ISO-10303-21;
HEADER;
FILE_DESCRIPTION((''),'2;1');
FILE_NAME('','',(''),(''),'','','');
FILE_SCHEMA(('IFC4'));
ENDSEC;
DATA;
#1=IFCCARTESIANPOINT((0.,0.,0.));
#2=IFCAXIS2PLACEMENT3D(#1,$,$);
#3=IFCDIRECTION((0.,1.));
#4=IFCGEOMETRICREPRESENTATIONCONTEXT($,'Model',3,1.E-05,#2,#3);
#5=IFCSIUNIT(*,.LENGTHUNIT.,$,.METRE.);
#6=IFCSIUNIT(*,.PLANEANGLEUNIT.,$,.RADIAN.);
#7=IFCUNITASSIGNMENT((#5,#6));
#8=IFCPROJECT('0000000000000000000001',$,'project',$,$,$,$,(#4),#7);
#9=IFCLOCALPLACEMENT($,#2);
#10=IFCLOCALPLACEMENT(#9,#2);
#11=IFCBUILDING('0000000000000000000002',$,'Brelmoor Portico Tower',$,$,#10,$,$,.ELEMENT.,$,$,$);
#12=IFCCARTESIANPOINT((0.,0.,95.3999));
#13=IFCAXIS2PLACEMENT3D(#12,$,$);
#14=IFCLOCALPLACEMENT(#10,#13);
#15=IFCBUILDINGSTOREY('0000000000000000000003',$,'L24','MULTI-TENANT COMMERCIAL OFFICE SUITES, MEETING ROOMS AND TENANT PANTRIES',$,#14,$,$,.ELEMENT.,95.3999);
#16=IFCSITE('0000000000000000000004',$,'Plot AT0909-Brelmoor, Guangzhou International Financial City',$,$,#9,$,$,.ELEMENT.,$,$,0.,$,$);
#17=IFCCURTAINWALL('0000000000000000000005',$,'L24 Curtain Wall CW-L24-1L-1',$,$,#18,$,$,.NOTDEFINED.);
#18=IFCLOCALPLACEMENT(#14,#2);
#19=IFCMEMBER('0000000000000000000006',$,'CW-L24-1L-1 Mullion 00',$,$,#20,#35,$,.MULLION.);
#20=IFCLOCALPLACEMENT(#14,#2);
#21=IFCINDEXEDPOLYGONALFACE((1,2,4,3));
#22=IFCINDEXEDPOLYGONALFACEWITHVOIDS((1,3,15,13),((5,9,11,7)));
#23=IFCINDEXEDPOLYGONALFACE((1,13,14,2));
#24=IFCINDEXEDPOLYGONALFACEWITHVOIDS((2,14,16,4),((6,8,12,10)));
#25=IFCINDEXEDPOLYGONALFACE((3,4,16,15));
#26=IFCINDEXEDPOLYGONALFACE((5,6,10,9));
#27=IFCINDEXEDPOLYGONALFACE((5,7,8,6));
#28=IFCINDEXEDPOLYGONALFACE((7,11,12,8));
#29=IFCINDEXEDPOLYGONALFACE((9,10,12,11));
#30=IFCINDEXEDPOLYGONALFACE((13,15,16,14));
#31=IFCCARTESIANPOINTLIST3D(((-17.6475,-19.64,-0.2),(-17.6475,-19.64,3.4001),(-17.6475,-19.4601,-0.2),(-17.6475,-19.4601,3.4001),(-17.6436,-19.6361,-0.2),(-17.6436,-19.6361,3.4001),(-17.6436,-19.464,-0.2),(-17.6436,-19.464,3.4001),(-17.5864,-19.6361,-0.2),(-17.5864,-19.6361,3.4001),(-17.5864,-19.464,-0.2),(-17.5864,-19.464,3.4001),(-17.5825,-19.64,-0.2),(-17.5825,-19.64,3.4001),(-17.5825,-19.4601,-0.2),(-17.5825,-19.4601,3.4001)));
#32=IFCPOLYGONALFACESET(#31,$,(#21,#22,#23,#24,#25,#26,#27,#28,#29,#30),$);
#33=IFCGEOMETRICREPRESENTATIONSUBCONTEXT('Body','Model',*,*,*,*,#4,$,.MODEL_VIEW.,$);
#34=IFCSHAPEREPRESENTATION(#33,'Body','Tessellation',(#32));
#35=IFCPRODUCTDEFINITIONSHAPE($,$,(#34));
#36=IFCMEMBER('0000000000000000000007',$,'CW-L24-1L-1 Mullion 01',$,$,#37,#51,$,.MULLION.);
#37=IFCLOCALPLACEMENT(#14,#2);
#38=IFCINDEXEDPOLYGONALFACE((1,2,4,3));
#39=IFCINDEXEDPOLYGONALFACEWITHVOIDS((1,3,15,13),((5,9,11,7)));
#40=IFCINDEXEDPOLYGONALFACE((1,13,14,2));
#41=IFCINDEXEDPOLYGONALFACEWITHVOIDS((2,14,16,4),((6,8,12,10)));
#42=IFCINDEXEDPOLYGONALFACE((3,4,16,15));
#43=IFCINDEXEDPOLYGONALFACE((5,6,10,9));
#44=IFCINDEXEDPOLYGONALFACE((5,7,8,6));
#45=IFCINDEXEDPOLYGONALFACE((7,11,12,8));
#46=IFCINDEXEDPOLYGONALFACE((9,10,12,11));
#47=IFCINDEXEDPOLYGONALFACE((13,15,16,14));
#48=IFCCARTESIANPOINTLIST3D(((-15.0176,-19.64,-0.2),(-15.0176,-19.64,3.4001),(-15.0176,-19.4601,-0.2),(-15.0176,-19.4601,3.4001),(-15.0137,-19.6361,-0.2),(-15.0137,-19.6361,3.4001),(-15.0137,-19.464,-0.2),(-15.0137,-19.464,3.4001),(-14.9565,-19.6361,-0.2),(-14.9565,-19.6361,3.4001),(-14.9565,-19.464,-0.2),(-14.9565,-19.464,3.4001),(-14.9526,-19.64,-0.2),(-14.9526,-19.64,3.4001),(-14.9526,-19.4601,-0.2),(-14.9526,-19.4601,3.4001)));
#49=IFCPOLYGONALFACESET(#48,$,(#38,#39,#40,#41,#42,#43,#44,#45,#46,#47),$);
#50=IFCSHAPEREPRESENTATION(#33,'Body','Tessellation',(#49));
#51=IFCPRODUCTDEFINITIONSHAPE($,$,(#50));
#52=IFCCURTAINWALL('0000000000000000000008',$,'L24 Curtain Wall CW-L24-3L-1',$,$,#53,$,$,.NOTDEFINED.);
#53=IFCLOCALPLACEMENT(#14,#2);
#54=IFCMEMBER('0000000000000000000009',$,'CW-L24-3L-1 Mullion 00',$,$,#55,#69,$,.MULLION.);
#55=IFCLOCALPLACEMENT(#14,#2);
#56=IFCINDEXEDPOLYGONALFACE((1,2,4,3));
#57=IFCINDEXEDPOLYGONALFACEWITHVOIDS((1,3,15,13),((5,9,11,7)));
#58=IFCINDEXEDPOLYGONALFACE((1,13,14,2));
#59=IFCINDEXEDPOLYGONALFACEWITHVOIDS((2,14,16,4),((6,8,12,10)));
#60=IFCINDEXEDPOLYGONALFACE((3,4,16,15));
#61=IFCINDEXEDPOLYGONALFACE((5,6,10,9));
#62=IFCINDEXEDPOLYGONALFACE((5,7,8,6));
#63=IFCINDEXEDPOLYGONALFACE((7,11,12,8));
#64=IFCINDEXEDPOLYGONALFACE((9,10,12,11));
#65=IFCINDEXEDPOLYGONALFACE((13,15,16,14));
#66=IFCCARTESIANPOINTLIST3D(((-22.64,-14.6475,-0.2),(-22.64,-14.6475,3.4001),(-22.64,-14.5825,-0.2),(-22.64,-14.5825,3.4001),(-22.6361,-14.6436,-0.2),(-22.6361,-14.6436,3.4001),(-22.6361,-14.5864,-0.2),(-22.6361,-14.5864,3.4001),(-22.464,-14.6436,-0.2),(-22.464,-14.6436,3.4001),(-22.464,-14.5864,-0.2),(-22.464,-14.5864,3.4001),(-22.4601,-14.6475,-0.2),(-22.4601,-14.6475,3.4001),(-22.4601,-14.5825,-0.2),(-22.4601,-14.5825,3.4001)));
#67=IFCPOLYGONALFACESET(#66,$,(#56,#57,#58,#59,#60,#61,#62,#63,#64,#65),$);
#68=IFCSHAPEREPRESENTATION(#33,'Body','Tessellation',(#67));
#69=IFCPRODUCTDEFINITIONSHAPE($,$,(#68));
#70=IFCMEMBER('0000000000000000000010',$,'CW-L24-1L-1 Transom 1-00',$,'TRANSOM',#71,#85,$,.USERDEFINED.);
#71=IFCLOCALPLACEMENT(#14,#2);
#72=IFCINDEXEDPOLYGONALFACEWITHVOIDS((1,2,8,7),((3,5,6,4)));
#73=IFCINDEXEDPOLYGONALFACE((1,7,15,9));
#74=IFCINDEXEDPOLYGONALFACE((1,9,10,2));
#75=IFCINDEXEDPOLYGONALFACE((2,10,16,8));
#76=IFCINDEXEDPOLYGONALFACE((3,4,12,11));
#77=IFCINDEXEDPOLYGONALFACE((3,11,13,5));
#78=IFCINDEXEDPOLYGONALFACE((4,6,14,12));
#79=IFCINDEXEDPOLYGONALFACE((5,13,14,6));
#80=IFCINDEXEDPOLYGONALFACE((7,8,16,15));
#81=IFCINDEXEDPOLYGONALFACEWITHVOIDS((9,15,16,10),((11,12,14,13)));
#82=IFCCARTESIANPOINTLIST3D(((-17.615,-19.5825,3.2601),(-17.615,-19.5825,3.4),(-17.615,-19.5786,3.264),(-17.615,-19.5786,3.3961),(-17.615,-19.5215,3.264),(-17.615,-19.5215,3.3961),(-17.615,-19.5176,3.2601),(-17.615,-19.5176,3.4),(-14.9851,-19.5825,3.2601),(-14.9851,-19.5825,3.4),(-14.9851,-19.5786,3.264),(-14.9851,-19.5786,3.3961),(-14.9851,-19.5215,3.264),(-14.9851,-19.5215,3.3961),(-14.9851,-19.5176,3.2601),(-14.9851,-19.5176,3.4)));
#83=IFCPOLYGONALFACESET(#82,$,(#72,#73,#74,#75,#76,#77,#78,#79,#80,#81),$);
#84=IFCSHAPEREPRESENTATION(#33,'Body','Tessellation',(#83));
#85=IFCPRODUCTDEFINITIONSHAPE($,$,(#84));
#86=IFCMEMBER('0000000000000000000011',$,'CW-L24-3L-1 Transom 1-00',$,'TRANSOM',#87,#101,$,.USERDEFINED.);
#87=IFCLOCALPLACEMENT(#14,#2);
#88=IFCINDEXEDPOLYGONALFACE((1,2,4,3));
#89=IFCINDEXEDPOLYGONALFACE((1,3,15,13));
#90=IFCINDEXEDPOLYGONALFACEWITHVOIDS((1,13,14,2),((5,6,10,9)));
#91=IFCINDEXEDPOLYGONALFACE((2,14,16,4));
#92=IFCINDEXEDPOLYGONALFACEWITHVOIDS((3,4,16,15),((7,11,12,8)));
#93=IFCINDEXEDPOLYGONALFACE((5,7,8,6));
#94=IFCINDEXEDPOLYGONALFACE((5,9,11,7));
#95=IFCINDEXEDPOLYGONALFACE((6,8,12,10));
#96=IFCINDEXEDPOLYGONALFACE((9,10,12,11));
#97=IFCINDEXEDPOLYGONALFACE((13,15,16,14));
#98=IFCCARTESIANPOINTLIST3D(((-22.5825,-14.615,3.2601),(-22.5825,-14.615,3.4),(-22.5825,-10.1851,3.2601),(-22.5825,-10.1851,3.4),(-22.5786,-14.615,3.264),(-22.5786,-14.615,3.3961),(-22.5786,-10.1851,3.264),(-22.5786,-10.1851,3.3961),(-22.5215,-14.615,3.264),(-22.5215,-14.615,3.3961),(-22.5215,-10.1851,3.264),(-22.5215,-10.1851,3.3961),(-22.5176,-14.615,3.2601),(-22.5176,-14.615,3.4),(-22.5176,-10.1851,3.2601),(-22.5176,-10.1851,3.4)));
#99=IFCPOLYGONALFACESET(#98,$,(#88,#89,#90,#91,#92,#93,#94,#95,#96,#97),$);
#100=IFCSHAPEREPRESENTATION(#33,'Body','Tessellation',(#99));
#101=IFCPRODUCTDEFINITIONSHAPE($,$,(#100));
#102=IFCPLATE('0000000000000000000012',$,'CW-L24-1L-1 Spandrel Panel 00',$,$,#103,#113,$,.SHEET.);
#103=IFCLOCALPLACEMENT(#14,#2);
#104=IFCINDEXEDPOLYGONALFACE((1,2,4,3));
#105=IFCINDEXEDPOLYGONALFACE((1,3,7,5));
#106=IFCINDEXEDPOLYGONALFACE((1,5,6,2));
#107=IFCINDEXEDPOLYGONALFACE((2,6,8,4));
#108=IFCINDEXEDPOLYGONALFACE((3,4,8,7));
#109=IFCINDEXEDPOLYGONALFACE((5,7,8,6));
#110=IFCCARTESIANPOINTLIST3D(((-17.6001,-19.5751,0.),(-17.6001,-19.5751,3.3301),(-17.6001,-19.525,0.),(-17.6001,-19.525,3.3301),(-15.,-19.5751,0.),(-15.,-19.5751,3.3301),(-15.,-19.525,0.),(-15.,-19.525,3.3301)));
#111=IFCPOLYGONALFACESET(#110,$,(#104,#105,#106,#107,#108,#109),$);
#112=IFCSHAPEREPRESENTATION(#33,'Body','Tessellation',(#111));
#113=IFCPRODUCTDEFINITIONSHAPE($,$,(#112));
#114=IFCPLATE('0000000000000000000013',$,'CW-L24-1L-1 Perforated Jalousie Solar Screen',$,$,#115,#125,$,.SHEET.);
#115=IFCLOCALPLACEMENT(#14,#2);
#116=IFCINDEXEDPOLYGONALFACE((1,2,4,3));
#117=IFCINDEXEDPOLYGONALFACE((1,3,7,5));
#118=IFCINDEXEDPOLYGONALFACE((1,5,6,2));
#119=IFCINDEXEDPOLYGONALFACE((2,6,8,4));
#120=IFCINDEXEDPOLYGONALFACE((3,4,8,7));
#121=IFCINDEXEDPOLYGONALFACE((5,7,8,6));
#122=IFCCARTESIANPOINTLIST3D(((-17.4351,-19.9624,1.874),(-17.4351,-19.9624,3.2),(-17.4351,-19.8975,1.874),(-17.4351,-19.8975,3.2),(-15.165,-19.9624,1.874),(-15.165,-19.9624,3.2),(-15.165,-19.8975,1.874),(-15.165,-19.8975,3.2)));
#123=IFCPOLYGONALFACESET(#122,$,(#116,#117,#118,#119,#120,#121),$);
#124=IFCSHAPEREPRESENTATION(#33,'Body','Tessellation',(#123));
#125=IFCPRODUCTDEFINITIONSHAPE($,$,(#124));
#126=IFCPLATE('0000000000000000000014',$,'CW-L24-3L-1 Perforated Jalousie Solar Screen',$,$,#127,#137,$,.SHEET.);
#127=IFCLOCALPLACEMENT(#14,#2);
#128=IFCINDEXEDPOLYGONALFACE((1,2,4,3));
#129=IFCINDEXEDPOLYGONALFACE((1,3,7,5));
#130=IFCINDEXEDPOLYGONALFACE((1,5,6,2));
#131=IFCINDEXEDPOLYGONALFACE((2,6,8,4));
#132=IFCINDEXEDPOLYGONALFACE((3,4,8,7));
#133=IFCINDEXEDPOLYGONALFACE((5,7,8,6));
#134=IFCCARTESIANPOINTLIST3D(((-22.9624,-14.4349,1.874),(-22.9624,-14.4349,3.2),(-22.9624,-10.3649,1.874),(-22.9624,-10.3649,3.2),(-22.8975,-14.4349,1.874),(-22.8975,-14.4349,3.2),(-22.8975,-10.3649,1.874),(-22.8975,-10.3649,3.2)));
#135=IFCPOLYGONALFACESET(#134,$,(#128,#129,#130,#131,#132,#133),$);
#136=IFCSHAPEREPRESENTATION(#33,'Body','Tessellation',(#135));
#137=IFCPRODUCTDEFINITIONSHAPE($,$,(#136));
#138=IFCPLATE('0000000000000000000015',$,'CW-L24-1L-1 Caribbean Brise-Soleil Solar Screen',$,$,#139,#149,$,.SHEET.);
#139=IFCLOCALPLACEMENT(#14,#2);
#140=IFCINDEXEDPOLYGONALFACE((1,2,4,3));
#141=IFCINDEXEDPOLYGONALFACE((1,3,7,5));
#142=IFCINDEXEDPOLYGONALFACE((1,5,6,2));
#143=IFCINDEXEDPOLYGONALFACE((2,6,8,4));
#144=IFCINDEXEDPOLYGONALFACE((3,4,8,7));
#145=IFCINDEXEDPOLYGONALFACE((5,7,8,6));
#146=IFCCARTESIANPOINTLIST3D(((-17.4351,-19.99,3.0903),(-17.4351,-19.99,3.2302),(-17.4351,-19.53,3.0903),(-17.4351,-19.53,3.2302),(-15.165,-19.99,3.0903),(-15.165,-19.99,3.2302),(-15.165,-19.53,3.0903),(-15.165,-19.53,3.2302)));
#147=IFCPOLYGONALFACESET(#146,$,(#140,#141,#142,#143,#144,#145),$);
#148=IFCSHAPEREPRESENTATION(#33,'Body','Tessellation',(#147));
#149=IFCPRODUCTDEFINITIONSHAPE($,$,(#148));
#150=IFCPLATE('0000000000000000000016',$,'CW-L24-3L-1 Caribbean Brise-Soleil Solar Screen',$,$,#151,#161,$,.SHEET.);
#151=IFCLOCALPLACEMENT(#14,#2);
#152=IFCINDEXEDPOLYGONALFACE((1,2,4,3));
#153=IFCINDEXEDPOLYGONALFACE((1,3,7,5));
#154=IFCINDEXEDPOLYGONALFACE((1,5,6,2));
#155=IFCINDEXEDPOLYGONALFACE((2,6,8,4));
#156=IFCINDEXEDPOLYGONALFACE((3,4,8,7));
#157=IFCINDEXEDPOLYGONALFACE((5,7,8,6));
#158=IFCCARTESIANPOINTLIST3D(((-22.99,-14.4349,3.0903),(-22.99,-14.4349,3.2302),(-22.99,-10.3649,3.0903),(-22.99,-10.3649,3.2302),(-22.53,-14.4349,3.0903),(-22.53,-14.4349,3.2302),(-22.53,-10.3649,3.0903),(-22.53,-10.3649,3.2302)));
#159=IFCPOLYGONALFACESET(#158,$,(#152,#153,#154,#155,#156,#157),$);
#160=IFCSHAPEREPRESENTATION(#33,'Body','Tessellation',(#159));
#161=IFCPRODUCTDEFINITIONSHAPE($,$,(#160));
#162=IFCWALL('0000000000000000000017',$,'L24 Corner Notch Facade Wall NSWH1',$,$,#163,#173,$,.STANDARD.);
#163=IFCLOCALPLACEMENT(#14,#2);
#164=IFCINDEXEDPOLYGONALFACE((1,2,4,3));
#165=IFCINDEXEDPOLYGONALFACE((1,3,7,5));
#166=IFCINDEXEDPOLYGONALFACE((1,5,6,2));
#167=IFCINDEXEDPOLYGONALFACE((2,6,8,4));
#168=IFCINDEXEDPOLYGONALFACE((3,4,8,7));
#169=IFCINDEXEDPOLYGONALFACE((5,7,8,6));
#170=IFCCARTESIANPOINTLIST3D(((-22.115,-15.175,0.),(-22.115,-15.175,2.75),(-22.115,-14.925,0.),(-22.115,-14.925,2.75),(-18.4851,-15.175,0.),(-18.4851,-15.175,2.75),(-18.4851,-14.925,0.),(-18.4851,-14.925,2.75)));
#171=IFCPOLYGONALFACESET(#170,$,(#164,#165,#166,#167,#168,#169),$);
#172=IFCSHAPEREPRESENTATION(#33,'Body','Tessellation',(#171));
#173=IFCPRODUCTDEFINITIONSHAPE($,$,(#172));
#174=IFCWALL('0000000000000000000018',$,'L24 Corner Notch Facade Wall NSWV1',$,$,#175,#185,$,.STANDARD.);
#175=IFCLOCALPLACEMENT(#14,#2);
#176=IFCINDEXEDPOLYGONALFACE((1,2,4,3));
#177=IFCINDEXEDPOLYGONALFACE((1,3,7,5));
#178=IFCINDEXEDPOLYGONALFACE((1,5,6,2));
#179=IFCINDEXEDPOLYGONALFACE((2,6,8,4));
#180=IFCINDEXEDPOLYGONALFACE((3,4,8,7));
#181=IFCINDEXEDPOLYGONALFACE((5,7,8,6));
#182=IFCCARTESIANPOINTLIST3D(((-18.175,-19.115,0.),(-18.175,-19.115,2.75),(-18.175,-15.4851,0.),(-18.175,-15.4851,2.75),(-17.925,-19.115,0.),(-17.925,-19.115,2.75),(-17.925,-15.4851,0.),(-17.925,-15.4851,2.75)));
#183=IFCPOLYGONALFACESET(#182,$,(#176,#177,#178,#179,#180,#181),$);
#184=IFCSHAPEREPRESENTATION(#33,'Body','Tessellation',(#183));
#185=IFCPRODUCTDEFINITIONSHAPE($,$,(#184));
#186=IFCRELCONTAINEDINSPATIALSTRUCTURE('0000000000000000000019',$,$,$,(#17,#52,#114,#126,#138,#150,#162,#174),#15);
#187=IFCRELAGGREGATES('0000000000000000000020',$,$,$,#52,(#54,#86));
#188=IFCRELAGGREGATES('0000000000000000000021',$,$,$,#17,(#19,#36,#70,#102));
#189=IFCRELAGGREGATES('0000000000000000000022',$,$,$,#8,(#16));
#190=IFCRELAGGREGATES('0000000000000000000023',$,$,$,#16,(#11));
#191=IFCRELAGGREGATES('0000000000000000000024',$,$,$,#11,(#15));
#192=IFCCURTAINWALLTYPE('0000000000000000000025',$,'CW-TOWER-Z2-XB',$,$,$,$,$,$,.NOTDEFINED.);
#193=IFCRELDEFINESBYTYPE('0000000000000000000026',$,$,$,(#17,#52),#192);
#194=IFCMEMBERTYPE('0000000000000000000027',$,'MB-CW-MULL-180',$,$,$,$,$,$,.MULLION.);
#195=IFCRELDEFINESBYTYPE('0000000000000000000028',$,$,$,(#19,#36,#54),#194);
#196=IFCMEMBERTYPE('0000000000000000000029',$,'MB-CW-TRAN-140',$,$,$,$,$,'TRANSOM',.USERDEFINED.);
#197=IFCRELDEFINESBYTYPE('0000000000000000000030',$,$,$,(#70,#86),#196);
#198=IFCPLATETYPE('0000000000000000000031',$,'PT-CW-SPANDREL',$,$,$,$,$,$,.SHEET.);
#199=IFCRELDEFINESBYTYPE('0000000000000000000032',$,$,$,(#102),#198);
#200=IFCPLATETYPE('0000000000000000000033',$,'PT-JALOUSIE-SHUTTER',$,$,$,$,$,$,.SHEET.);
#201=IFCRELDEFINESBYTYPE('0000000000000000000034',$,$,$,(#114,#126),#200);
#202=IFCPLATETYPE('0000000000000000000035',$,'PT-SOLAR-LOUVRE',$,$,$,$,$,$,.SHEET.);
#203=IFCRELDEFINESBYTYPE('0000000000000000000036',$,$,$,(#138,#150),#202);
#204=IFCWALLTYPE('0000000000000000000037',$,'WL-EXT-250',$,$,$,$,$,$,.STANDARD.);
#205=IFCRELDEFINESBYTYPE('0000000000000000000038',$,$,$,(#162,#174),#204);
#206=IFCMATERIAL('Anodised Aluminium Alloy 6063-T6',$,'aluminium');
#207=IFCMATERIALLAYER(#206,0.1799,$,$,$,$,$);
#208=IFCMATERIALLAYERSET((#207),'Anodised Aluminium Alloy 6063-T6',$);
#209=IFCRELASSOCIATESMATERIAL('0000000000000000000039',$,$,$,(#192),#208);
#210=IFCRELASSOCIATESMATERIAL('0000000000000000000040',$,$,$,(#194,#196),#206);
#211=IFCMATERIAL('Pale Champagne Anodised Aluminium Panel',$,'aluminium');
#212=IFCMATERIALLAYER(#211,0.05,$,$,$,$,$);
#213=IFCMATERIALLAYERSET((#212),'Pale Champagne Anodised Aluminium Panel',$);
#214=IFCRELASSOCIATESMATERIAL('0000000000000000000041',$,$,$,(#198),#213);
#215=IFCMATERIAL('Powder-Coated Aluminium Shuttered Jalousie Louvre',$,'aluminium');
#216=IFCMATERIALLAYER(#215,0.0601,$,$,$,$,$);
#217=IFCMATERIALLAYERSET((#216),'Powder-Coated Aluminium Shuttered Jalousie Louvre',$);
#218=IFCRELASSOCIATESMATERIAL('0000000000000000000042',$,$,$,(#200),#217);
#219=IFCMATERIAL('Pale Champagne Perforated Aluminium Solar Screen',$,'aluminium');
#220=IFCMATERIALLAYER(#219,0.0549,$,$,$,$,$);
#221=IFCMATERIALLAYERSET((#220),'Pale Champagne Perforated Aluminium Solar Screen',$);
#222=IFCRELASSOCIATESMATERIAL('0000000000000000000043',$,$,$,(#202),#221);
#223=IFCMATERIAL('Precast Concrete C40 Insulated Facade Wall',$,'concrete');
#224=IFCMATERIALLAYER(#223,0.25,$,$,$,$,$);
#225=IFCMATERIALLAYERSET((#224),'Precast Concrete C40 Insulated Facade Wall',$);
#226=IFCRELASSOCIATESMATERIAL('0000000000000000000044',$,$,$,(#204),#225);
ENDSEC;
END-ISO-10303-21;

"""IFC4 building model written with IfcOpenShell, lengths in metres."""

from ifc_helpers import new_model, si_unit, direction, frame, frame_2d, origin, origin_2d, place, context, subcontext, project, spatial, rectangle, hollow_rectangle, extrude, material, layer, layer_set, material_profile, profile_set, type_object, element, aggregate, save


model = new_model("IFC4")

# Units and contexts
model_context = context("Model", 3, precision=1e-05, world=origin(), true_north=direction((0.0, 1.0)))
body_context = subcontext(model_context, "Body", "Model", "MODEL_VIEW")
ifc_project = project(units=[si_unit("LENGTHUNIT", "METRE"), si_unit("PLANEANGLEUNIT", "RADIAN")], contexts=[model_context])

# Site, building, storey
site_placement = place(None, origin())
site = spatial("IfcSite", under=ifc_project, at=site_placement, Name="Plot AT0909-Brelmoor, Guangzhou International Financial City", CompositionType="ELEMENT", RefElevation=0.0)
building_placement = place(site_placement, origin())
building = spatial("IfcBuilding", under=site, at=building_placement, Name="Brelmoor Portico Tower", CompositionType="ELEMENT")
storey_placement = place(building_placement, frame((0.0, 0.0, 95.3999)))
storey = spatial("IfcBuildingStorey", under=building, at=storey_placement, Name="L24", Description="MULTI-TENANT COMMERCIAL OFFICE SUITES, MEETING ROOMS AND TENANT PANTRIES", CompositionType="ELEMENT", Elevation=95.3999)

# Curtain wall, members
ifc_material_1 = material(Name="Anodised Aluminium Alloy 6063-T6", Category="aluminium")
ifc_layer_1 = layer(ifc_material_1, 0.1799)
ifc_layer_set_1 = layer_set([ifc_layer_1], Name="Anodised Aluminium Alloy 6063-T6")
curtain_wall_type = type_object("IfcCurtainWallType", Name="CW-TOWER-Z2-XB", PredefinedType="NOTDEFINED", material=ifc_layer_set_1)
curtain_wall_1_placement = place(storey_placement, origin())
curtain_wall_1 = element("IfcCurtainWall", 1, at=curtain_wall_1_placement, inside=storey, type_object=curtain_wall_type, Name="L24 Curtain Wall CW-L24-1L-1", PredefinedType="NOTDEFINED")
ifc_material_profile_1 = material_profile(ifc_material_1, hollow_rectangle(XDim=0.0649, YDim=0.1799, WallThickness=0.0039, at=origin_2d()), Name="ALU MULLION 65x180")
ifc_profile_set_1 = profile_set([ifc_material_profile_1], Name="Anodised Aluminium Alloy 6063-T6")
member_type_1 = type_object("IfcMemberType", Name="MB-CW-MULL-180", PredefinedType="MULLION", material=ifc_profile_set_1)
member_1_placement = place(storey_placement, frame((-17.615, -19.55, -0.2), z_axis=(0.0, 0.0, 1.0), x_axis=(1.0, 0.0, 0.0)))
member_1 = element("IfcMember", 2, at=member_1_placement, type_object=member_type_1, Name="CW-L24-1L-1 Mullion 00", PredefinedType="MULLION", context=body_context, shape_type="SweptSolid", body=[
    extrude(hollow_rectangle(XDim=0.0649, YDim=0.1799, WallThickness=0.0039, at=origin_2d()), origin(), (0.0, 0.0, 1.0), 3.6001),
])
member_2_placement = place(storey_placement, frame((-14.9851, -19.55, -0.2), z_axis=(0.0, 0.0, 1.0), x_axis=(1.0, 0.0, 0.0)))
member_2 = element("IfcMember", 3, at=member_2_placement, type_object=member_type_1, Name="CW-L24-1L-1 Mullion 01", PredefinedType="MULLION", context=body_context, shape_type="SweptSolid", body=[
    extrude(hollow_rectangle(XDim=0.0649, YDim=0.1799, WallThickness=0.0039, at=origin_2d()), origin(), (0.0, 0.0, 1.0), 3.6001),
])

# Curtain wall, member
curtain_wall_2_placement = place(storey_placement, origin())
curtain_wall_2 = element("IfcCurtainWall", 4, at=curtain_wall_2_placement, inside=storey, type_object=curtain_wall_type, Name="L24 Curtain Wall CW-L24-3L-1", PredefinedType="NOTDEFINED")
member_3_placement = place(storey_placement, frame((-22.55, -14.615, -0.2), z_axis=(0.0, 0.0, 1.0), x_axis=(0.0, 1.0, 0.0)))
member_3 = element("IfcMember", 5, at=member_3_placement, type_object=member_type_1, Name="CW-L24-3L-1 Mullion 00", PredefinedType="MULLION", context=body_context, shape_type="SweptSolid", body=[
    extrude(hollow_rectangle(XDim=0.0649, YDim=0.1799, WallThickness=0.0039, at=origin_2d()), origin(), (0.0, 0.0, 1.0), 3.6001),
])

# Members
ifc_material_profile_2 = material_profile(ifc_material_1, hollow_rectangle(XDim=0.0649, YDim=0.1399, WallThickness=0.0039, at=origin_2d()), Name="ALU TRANSOM 65x140")
ifc_profile_set_2 = profile_set([ifc_material_profile_2], Name="Anodised Aluminium Alloy 6063-T6")
member_type_2 = type_object("IfcMemberType", Name="MB-CW-TRAN-140", ElementType="TRANSOM", PredefinedType="USERDEFINED", material=ifc_profile_set_2)
member_4_placement = place(storey_placement, frame((-17.615, -19.55, 3.3301), z_axis=(1.0, 0.0, 0.0), x_axis=(0.0, 1.0, 0.0)))
member_4 = element("IfcMember", 6, at=member_4_placement, type_object=member_type_2, Name="CW-L24-1L-1 Transom 1-00", ObjectType="TRANSOM", PredefinedType="USERDEFINED", context=body_context, shape_type="SweptSolid", body=[
    extrude(hollow_rectangle(XDim=0.0649, YDim=0.1399, WallThickness=0.0039, at=origin_2d()), origin(), (0.0, 0.0, 1.0), 2.6299),
])
member_5_placement = place(storey_placement, frame((-22.55, -14.615, 3.3301), z_axis=(0.0, 1.0, 0.0), x_axis=(-1.0, 0.0, 0.0)))
member_5 = element("IfcMember", 7, at=member_5_placement, type_object=member_type_2, Name="CW-L24-3L-1 Transom 1-00", ObjectType="TRANSOM", PredefinedType="USERDEFINED", context=body_context, shape_type="SweptSolid", body=[
    extrude(hollow_rectangle(XDim=0.0649, YDim=0.1399, WallThickness=0.0039, at=origin_2d()), origin(), (0.0, 0.0, 1.0), 4.4299),
])
aggregate(curtain_wall_2, [member_3, member_5])

# Plate
ifc_material_2 = material(Name="Pale Champagne Anodised Aluminium Panel", Category="aluminium")
ifc_layer_2 = layer(ifc_material_2, 0.05)
ifc_layer_set_2 = layer_set([ifc_layer_2], Name="Pale Champagne Anodised Aluminium Panel")
plate_type_1 = type_object("IfcPlateType", Name="PT-CW-SPANDREL", PredefinedType="SHEET", material=ifc_layer_set_2)
plate_1_placement = place(storey_placement, frame((-16.3, -19.55, 0.0), z_axis=(0.0, 0.0, 1.0), x_axis=(1.0, 0.0, 0.0)))
plate_1 = element("IfcPlate", 8, at=plate_1_placement, type_object=plate_type_1, Name="CW-L24-1L-1 Spandrel Panel 00", PredefinedType="SHEET", context=body_context, shape_type="SweptSolid", body=[
    extrude(rectangle(XDim=2.6001, YDim=0.05, at=origin_2d()), origin(), (0.0, 0.0, 1.0), 3.3301),
])
aggregate(curtain_wall_1, [member_1, member_2, member_4, plate_1])

# Plates
ifc_material_3 = material(Name="Powder-Coated Aluminium Shuttered Jalousie Louvre", Category="aluminium")
ifc_layer_3 = layer(ifc_material_3, 0.0601)
ifc_layer_set_3 = layer_set([ifc_layer_3], Name="Powder-Coated Aluminium Shuttered Jalousie Louvre")
plate_type_2 = type_object("IfcPlateType", Name="PT-JALOUSIE-SHUTTER", PredefinedType="SHEET", material=ifc_layer_set_3)
plate_2_placement = place(storey_placement, frame((-16.3, -19.9299, 1.874), z_axis=(0.0, 0.0, 1.0), x_axis=(1.0, 0.0, 0.0)))
element("IfcPlate", 9, at=plate_2_placement, inside=storey, type_object=plate_type_2, Name="CW-L24-1L-1 Perforated Jalousie Solar Screen", PredefinedType="SHEET", context=body_context, shape_type="SweptSolid", body=[
    extrude(rectangle(XDim=2.27, YDim=0.0649, at=origin_2d()), origin(), (0.0, 0.0, 1.0), 1.3259),
])
plate_3_placement = place(storey_placement, frame((-22.9299, -12.3999, 1.874), z_axis=(0.0, 0.0, 1.0), x_axis=(0.0, 1.0, 0.0)))
element("IfcPlate", 10, at=plate_3_placement, inside=storey, type_object=plate_type_2, Name="CW-L24-3L-1 Perforated Jalousie Solar Screen", PredefinedType="SHEET", context=body_context, shape_type="SweptSolid", body=[
    extrude(rectangle(XDim=4.0701, YDim=0.0649, at=origin_2d()), origin(), (0.0, 0.0, 1.0), 1.3259),
])
ifc_material_4 = material(Name="Pale Champagne Perforated Aluminium Solar Screen", Category="aluminium")
ifc_layer_4 = layer(ifc_material_4, 0.0549)
ifc_layer_set_4 = layer_set([ifc_layer_4], Name="Pale Champagne Perforated Aluminium Solar Screen")
plate_type_3 = type_object("IfcPlateType", Name="PT-SOLAR-LOUVRE", PredefinedType="SHEET", material=ifc_layer_set_4)
plate_4_placement = place(storey_placement, frame((-16.3, -19.76, 3.0903), z_axis=(0.0, 0.0, 1.0), x_axis=(1.0, 0.0, 0.0)))
element("IfcPlate", 11, at=plate_4_placement, inside=storey, type_object=plate_type_3, Name="CW-L24-1L-1 Caribbean Brise-Soleil Solar Screen", PredefinedType="SHEET", context=body_context, shape_type="SweptSolid", body=[
    extrude(rectangle(XDim=2.27, YDim=0.46, at=origin_2d()), origin(), (0.0, 0.0, 1.0), 0.1399),
])
plate_5_placement = place(storey_placement, frame((-22.76, -12.3999, 3.0903), z_axis=(0.0, 0.0, 1.0), x_axis=(0.0, 1.0, 0.0)))
element("IfcPlate", 12, at=plate_5_placement, inside=storey, type_object=plate_type_3, Name="CW-L24-3L-1 Caribbean Brise-Soleil Solar Screen", PredefinedType="SHEET", context=body_context, shape_type="SweptSolid", body=[
    extrude(rectangle(XDim=4.0701, YDim=0.46, at=origin_2d()), origin(), (0.0, 0.0, 1.0), 0.1399),
])

# Walls
ifc_material_5 = material(Name="Precast Concrete C40 Insulated Facade Wall", Category="concrete")
ifc_layer_5 = layer(ifc_material_5, 0.25)
ifc_layer_set_5 = layer_set([ifc_layer_5], Name="Precast Concrete C40 Insulated Facade Wall")
wall_type = type_object("IfcWallType", Name="WL-EXT-250", PredefinedType="STANDARD", material=ifc_layer_set_5)
for number, where, z_axis, x_axis, name in (
    (13, (-22.115, -15.05, 0.0), (0.0, 0.0, 1.0), (1.0, 0.0, 0.0), "L24 Corner Notch Facade Wall NSWH1"),
    (14, (-18.05, -19.115, 0.0), (0.0, 0.0, 1.0), (0.0, 1.0, 0.0), "L24 Corner Notch Facade Wall NSWV1"),
):
    element("IfcWall", number, at=place(storey_placement, frame(where, z_axis=z_axis, x_axis=x_axis)), inside=storey, type_object=wall_type, Name=name, PredefinedType="STANDARD", context=body_context, shape_type="SweptSolid", body=[
        extrude(rectangle(XDim=3.6299, YDim=0.25, at=frame_2d((1.8149, 0.0))), origin(), (0.0, 0.0, 1.0), 2.75),
    ])

save(model, "model.ifc")
